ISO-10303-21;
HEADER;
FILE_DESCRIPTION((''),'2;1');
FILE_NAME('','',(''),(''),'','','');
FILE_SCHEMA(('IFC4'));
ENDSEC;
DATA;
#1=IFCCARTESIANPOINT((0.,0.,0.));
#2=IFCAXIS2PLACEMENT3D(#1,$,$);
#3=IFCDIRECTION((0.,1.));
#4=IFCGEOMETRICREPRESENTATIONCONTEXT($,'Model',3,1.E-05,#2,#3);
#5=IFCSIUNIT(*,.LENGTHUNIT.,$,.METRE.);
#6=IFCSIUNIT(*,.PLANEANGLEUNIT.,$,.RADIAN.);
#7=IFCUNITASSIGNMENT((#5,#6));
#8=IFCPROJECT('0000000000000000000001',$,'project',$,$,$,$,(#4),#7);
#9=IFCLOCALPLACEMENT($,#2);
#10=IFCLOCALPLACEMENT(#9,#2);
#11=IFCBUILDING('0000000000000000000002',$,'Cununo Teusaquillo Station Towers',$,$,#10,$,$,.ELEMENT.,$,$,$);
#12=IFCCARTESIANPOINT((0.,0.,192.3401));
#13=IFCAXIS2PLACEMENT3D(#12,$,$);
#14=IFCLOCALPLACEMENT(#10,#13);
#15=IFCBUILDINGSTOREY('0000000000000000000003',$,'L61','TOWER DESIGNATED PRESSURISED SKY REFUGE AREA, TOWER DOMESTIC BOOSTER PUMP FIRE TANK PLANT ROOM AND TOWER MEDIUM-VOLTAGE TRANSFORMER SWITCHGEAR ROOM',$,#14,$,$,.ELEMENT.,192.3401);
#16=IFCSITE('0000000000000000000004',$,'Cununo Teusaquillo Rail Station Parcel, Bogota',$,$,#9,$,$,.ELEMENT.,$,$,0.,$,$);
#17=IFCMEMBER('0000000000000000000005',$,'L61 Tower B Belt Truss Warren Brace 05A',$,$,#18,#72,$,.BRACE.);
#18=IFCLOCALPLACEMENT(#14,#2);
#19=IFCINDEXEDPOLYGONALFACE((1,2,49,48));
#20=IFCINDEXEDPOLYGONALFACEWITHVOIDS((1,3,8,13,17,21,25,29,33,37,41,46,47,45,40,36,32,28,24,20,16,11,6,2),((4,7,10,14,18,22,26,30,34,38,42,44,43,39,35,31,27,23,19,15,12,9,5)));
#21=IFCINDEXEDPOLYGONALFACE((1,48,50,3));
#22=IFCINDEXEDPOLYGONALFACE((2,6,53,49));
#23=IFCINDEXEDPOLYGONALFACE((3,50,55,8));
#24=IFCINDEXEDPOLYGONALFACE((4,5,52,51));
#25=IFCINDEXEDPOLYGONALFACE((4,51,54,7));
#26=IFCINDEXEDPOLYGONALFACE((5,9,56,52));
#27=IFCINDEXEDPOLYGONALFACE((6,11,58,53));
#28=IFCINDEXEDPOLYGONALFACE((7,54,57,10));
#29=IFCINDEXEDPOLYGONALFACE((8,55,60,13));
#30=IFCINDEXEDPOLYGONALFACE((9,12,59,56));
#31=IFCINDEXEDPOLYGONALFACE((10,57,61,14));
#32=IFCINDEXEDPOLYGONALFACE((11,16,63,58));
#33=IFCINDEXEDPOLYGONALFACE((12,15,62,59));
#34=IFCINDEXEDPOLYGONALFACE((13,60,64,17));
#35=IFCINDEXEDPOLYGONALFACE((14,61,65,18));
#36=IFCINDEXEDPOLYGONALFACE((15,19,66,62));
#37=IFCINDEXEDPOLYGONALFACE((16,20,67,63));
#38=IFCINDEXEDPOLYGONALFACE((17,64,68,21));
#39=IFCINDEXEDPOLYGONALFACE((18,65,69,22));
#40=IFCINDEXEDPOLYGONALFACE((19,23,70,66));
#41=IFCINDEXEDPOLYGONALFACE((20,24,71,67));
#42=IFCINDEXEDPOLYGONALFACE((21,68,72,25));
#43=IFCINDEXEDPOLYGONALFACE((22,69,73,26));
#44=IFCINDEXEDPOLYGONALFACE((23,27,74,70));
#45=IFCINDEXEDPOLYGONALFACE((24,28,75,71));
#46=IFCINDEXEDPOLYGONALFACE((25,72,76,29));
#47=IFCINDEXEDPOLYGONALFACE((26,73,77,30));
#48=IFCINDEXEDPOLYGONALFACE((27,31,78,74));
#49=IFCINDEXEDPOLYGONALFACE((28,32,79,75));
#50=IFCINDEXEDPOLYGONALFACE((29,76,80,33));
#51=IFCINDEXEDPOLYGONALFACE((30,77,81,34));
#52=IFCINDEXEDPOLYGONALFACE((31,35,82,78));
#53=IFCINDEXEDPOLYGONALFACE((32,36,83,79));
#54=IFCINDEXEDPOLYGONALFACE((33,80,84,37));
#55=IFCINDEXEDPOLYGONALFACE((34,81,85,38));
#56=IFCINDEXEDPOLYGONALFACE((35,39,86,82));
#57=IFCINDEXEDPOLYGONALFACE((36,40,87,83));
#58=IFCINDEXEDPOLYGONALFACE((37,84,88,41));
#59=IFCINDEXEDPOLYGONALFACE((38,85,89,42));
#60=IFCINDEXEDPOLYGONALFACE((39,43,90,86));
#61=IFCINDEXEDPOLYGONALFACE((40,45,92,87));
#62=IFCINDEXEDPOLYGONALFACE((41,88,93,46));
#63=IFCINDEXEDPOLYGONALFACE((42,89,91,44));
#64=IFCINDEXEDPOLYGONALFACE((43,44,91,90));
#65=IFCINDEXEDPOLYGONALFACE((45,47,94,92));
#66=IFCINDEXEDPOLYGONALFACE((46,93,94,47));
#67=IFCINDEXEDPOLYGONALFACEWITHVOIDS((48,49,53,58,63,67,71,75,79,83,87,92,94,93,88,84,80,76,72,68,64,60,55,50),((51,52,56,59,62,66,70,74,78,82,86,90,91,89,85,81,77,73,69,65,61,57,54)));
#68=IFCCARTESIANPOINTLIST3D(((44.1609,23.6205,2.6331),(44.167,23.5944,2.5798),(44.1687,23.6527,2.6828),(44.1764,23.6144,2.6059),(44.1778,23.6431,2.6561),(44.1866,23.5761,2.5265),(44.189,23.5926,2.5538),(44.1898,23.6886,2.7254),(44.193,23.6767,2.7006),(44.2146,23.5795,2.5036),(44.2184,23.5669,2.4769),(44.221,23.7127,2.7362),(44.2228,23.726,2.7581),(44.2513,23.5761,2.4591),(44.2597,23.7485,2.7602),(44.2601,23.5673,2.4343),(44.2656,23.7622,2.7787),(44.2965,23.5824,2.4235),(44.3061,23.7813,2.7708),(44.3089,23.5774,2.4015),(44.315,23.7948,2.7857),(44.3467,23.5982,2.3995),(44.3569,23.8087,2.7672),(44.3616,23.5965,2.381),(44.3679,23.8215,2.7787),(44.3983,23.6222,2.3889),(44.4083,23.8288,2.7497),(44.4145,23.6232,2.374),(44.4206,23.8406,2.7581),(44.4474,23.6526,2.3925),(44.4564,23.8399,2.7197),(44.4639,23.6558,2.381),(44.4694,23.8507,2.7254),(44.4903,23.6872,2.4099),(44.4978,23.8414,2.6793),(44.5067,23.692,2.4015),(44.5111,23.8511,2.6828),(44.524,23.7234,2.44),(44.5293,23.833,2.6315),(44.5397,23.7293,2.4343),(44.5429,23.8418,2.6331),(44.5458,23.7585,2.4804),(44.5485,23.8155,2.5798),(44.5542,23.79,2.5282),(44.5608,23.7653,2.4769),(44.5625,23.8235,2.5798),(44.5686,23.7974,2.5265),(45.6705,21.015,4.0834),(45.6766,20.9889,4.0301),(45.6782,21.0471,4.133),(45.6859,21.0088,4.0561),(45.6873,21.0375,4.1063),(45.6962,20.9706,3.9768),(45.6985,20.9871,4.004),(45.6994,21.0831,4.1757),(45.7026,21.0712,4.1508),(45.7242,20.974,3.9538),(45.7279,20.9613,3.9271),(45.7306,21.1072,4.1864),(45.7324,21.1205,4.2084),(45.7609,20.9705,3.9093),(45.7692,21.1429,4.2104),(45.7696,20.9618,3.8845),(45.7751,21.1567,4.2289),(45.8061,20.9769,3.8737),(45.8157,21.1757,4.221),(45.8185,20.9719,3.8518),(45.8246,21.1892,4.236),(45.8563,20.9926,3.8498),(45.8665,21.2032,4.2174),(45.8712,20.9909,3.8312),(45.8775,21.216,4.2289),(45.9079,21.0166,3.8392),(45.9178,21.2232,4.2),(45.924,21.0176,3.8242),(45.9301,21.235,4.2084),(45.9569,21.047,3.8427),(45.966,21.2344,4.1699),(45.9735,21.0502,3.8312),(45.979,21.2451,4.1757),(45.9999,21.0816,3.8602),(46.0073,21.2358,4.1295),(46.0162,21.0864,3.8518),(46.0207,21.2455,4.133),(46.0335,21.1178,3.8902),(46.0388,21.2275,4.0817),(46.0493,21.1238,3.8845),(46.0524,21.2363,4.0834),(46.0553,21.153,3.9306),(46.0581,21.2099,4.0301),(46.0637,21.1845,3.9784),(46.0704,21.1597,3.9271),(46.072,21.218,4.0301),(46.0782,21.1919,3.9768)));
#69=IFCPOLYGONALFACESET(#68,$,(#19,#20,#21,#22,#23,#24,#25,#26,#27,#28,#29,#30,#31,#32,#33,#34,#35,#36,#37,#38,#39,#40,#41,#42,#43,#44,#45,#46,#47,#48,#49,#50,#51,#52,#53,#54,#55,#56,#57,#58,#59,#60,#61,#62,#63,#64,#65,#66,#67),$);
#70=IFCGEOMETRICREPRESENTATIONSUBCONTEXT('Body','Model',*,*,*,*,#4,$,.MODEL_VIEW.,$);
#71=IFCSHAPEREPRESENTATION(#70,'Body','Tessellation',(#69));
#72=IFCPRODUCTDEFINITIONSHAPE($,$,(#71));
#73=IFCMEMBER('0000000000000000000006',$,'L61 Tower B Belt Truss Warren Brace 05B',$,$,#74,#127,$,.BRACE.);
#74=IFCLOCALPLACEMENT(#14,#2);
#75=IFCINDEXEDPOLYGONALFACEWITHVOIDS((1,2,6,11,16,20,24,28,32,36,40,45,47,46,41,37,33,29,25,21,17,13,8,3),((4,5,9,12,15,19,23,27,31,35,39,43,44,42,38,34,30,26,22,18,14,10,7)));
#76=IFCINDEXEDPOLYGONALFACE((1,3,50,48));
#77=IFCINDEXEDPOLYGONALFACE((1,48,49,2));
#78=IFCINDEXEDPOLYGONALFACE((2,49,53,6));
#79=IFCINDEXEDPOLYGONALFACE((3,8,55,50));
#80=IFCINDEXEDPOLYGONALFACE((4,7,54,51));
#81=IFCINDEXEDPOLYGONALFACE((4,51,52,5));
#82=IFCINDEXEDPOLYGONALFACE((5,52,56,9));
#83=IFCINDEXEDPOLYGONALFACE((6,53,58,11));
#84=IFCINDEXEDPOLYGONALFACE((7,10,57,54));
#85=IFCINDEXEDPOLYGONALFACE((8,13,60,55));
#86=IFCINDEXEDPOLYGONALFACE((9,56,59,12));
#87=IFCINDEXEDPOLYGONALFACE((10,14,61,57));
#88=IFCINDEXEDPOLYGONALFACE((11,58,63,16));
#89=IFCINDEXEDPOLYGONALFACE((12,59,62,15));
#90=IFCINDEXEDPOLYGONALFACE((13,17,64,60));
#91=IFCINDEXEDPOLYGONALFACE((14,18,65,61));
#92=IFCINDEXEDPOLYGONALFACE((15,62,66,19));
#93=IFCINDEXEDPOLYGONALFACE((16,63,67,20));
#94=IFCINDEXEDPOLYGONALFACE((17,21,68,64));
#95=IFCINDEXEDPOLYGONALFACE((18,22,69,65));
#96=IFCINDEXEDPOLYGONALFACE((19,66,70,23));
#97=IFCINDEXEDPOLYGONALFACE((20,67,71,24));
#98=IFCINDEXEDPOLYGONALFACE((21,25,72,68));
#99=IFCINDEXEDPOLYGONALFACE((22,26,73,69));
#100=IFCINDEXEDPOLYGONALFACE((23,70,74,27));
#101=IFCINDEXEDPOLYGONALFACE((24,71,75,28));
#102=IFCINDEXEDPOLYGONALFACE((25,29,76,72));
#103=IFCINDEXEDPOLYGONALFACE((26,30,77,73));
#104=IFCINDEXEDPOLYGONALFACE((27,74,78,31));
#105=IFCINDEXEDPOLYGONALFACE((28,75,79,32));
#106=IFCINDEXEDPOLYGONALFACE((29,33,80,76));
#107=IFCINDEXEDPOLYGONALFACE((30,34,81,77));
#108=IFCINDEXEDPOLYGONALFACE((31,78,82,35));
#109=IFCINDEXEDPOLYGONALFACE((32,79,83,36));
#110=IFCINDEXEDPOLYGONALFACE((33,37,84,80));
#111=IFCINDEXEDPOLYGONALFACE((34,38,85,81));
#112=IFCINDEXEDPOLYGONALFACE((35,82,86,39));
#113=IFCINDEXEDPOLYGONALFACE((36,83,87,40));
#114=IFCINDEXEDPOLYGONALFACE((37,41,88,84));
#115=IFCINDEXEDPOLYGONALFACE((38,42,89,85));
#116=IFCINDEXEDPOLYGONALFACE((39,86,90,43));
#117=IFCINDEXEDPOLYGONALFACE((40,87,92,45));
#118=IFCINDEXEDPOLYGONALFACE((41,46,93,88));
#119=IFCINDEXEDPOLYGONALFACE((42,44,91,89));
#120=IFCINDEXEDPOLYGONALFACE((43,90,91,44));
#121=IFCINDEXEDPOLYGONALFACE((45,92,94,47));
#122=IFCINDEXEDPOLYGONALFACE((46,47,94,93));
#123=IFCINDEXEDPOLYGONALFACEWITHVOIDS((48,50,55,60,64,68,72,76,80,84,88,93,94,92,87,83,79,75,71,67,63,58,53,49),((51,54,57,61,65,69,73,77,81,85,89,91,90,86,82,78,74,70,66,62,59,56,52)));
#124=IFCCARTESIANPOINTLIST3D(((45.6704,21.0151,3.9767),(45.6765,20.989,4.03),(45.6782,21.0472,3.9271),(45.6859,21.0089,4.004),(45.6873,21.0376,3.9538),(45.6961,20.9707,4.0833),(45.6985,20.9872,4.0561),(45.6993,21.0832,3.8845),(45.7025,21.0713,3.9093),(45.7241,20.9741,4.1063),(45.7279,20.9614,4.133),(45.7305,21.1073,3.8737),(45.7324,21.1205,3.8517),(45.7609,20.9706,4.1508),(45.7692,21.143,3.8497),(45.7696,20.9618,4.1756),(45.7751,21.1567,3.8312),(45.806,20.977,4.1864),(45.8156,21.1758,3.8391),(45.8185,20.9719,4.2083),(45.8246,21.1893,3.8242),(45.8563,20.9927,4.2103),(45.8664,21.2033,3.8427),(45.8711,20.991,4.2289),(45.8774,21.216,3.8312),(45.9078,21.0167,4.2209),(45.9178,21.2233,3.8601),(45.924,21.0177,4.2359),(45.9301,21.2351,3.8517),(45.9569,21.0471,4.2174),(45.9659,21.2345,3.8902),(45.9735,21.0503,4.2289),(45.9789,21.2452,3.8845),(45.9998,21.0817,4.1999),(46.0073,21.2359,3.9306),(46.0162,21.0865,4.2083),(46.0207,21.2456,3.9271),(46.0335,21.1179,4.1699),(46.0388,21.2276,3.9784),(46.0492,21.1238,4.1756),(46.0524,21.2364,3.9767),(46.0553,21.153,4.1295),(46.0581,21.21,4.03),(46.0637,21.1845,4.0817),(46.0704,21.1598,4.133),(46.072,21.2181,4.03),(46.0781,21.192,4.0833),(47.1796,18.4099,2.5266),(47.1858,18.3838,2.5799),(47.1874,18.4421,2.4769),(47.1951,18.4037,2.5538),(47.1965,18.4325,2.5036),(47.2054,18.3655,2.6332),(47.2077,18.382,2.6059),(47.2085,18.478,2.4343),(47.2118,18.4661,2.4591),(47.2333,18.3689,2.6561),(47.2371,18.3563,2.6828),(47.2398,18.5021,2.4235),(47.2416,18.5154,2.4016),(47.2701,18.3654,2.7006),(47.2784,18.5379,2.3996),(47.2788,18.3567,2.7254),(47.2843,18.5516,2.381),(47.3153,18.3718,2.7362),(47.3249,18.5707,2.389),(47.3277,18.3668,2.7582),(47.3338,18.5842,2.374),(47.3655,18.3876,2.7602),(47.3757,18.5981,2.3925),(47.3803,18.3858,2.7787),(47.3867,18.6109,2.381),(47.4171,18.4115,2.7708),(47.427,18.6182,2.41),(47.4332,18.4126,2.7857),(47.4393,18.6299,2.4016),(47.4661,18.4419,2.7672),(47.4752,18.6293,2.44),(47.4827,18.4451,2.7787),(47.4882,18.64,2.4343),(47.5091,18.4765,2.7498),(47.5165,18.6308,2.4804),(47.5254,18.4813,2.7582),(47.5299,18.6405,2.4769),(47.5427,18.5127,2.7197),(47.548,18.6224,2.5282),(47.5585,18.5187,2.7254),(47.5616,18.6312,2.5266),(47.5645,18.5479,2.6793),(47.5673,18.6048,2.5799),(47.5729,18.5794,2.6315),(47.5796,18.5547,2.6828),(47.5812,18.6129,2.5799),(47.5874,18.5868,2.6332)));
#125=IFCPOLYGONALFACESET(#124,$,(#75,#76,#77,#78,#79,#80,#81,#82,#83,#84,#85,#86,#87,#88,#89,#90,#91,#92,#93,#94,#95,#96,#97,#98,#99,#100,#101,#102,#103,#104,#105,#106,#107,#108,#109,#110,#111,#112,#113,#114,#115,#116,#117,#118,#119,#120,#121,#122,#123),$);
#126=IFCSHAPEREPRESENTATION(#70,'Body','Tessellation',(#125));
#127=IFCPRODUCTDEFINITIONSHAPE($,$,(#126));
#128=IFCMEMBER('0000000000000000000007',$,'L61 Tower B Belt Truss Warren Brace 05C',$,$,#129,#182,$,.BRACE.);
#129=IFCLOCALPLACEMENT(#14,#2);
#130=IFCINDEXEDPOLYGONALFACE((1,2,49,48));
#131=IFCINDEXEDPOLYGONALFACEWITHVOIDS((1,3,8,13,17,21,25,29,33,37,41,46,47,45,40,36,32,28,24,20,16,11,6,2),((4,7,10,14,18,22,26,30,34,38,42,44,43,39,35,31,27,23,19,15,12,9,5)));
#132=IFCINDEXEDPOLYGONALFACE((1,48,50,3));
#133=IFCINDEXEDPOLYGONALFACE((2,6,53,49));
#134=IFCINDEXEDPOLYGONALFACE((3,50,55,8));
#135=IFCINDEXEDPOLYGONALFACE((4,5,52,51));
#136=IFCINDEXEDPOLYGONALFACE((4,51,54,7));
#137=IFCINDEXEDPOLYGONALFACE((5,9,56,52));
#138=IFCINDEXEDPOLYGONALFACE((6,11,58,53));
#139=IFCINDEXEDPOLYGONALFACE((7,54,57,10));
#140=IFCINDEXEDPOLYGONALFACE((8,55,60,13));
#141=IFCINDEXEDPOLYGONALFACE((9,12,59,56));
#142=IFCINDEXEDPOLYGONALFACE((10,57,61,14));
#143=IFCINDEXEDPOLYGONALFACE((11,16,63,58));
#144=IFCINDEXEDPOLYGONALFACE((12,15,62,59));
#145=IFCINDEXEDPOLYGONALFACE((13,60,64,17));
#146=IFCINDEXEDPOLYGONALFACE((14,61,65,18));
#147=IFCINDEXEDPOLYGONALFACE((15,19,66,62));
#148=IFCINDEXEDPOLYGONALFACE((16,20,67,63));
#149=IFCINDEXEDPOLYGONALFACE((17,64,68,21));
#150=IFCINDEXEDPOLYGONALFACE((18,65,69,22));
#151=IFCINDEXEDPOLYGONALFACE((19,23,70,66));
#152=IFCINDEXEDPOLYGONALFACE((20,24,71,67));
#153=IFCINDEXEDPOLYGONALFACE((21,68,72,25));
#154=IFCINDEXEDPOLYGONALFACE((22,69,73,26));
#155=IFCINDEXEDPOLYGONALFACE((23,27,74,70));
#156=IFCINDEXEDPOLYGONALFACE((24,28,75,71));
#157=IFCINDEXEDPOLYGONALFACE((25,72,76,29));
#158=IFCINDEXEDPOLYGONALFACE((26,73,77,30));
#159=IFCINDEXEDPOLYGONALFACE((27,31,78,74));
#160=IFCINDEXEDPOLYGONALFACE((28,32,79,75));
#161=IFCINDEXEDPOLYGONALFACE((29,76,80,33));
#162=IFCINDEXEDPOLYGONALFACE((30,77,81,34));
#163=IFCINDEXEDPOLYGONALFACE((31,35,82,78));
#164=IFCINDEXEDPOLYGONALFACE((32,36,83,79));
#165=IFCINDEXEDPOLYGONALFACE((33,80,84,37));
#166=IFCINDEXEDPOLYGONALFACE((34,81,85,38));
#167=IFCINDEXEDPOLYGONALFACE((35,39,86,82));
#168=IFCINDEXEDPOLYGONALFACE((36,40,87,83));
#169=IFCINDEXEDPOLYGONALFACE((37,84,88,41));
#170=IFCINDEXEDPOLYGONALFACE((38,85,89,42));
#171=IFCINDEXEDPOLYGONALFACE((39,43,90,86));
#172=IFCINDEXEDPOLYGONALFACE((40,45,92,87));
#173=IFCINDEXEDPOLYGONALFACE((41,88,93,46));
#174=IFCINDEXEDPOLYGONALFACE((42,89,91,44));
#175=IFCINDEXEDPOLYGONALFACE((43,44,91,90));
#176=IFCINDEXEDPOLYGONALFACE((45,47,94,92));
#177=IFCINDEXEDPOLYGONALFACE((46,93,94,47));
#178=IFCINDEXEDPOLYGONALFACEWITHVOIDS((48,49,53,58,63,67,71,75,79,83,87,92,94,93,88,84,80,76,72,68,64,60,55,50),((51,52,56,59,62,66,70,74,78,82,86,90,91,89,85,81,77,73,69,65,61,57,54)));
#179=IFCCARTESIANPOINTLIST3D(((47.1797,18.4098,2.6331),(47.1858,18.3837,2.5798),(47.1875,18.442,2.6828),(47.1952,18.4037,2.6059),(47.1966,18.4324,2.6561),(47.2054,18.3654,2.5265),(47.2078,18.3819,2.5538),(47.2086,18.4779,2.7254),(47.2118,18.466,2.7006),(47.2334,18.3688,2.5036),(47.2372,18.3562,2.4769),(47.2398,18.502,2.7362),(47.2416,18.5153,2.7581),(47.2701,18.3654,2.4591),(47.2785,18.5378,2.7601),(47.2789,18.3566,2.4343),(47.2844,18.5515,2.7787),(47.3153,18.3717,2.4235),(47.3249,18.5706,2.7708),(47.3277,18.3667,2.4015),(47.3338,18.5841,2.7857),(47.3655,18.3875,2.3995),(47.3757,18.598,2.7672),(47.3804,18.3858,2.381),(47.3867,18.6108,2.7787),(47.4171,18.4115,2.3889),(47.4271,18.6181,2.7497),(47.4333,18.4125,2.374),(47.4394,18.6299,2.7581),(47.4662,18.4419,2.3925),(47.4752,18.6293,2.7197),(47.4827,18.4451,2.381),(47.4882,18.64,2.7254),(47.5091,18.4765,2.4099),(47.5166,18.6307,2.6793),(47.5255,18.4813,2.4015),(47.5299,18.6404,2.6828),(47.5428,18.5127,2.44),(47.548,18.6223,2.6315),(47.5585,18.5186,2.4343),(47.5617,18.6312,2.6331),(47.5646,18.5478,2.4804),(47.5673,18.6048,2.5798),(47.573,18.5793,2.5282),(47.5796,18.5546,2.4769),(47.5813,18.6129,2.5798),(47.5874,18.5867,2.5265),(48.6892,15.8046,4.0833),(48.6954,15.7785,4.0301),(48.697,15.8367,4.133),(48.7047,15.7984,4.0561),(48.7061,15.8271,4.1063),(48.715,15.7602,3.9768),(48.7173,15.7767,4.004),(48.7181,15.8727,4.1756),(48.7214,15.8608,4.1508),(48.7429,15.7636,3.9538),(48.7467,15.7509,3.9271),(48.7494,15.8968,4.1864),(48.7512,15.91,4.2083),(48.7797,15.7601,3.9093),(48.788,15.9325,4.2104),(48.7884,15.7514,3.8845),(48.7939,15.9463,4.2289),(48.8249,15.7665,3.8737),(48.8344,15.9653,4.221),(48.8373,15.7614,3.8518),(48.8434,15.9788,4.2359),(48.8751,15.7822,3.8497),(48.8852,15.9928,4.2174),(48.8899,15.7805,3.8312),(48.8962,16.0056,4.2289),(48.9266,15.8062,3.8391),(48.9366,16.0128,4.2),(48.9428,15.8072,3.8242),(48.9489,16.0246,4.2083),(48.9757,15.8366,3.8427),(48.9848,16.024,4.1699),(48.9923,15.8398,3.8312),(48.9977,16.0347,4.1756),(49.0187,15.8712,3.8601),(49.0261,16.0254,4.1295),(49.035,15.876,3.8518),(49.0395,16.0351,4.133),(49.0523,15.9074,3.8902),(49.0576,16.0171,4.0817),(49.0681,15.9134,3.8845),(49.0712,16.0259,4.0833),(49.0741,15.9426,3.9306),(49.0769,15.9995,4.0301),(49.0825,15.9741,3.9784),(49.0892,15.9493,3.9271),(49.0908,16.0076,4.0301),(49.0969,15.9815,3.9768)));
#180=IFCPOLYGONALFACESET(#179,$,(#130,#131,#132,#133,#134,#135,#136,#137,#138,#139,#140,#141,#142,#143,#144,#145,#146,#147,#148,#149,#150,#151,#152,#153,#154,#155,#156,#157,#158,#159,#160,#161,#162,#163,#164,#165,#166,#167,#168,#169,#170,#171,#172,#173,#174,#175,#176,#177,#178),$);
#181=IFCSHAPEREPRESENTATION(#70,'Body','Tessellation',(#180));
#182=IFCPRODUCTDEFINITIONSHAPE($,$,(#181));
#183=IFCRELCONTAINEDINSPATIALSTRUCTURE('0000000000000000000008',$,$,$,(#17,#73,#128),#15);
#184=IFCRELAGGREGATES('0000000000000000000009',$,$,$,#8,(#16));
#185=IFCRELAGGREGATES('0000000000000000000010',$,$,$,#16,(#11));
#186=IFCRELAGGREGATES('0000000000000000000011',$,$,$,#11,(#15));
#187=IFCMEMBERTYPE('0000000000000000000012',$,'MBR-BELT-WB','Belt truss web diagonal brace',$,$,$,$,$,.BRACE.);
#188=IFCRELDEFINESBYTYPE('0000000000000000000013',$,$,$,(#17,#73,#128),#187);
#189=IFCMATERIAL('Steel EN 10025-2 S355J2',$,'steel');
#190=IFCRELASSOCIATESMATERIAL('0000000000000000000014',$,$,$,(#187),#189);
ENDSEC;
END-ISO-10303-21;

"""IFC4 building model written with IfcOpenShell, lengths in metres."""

from ifc_helpers import new_model, si_unit, direction, frame, origin, origin_2d, place, context, subcontext, project, spatial, hollow_circle, extrude, material, material_profile, profile_set, type_object, element, save


model = new_model("IFC4")

# Units and contexts
model_context = context("Model", 3, precision=1e-05, world=origin(), true_north=direction((0.0, 1.0)))
body_context = subcontext(model_context, "Body", "Model", "MODEL_VIEW")
ifc_project = project(units=[si_unit("LENGTHUNIT", "METRE"), si_unit("PLANEANGLEUNIT", "RADIAN")], contexts=[model_context])

# Site, building, storey
site_placement = place(None, origin())
site = spatial("IfcSite", under=ifc_project, at=site_placement, Name="Cununo Teusaquillo Rail Station Parcel, Bogota", CompositionType="ELEMENT", RefElevation=0.0)
building_placement = place(site_placement, origin())
building = spatial("IfcBuilding", under=site, at=building_placement, Name="Cununo Teusaquillo Station Towers", CompositionType="ELEMENT")
storey_placement = place(building_placement, frame((0.0, 0.0, 192.3401)))
storey = spatial("IfcBuildingStorey", under=building, at=storey_placement, Name="L61", Description="TOWER DESIGNATED PRESSURISED SKY REFUGE AREA, TOWER DOMESTIC BOOSTER PUMP FIRE TANK PLANT ROOM AND TOWER MEDIUM-VOLTAGE TRANSFORMER SWITCHGEAR ROOM", CompositionType="ELEMENT", Elevation=192.3401)

# Members
ifc_material_1 = material(Name="Steel EN 10025-2 S355J2", Category="steel")
ifc_material_profile_1 = material_profile(ifc_material_1, hollow_circle(Radius=0.2285, WallThickness=0.0161, at=origin_2d()), Name="CHS 457x16")
ifc_profile_set_1 = profile_set([ifc_material_profile_1], Name="Steel EN 10025-2 S355J2")
member_type_1 = type_object("IfcMemberType", Name="MBR-BELT-WB", Description="Belt truss web diagonal brace", PredefinedType="BRACE", material=ifc_profile_set_1)
member_1_placement = place(storey_placement, frame((44.3647, 23.709, 2.5798), z_axis=(0.451657, -0.779571, 0.433907), x_axis=(0.865269, 0.501308, 0.0)))
element("IfcMember", 1, at=member_1_placement, inside=storey, type_object=member_type_1, Name="L61 Tower B Belt Truss Warren Brace 05A", PredefinedType="BRACE", context=body_context, shape_type="SweptSolid", body=[
    extrude(hollow_circle(Radius=0.2285, WallThickness=0.0161, at=origin_2d()), origin(), (0.0, 0.0, 1.0), 3.3423),
])
member_2_placement = place(storey_placement, frame((45.8743, 21.1035, 4.03), z_axis=(0.451625, -0.779568, -0.433946), x_axis=(0.865284, 0.501282, 0.0)))
element("IfcMember", 2, at=member_2_placement, inside=storey, type_object=member_type_1, Name="L61 Tower B Belt Truss Warren Brace 05B", PredefinedType="BRACE", context=body_context, shape_type="SweptSolid", body=[
    extrude(hollow_circle(Radius=0.2285, WallThickness=0.0161, at=origin_2d()), origin(), (0.0, 0.0, 1.0), 3.3418),
])
for number, where, z_axis, x_axis, name in (
    (3, (47.3835, 18.4983, 2.5798), (0.451683, -0.779542, 0.433931), (0.865249, 0.501343, 0.0), "L61 Tower B Belt Truss Warren Brace 05C"),
):
    element("IfcMember", number, at=place(storey_placement, frame(where, z_axis=z_axis, x_axis=x_axis)), inside=storey, type_object=member_type_1, Name=name, PredefinedType="BRACE", context=body_context, shape_type="SweptSolid", body=[
        extrude(hollow_circle(Radius=0.2285, WallThickness=0.0161, at=origin_2d()), origin(), (0.0, 0.0, 1.0), 3.342),
    ])

save(model, "model.ifc")
